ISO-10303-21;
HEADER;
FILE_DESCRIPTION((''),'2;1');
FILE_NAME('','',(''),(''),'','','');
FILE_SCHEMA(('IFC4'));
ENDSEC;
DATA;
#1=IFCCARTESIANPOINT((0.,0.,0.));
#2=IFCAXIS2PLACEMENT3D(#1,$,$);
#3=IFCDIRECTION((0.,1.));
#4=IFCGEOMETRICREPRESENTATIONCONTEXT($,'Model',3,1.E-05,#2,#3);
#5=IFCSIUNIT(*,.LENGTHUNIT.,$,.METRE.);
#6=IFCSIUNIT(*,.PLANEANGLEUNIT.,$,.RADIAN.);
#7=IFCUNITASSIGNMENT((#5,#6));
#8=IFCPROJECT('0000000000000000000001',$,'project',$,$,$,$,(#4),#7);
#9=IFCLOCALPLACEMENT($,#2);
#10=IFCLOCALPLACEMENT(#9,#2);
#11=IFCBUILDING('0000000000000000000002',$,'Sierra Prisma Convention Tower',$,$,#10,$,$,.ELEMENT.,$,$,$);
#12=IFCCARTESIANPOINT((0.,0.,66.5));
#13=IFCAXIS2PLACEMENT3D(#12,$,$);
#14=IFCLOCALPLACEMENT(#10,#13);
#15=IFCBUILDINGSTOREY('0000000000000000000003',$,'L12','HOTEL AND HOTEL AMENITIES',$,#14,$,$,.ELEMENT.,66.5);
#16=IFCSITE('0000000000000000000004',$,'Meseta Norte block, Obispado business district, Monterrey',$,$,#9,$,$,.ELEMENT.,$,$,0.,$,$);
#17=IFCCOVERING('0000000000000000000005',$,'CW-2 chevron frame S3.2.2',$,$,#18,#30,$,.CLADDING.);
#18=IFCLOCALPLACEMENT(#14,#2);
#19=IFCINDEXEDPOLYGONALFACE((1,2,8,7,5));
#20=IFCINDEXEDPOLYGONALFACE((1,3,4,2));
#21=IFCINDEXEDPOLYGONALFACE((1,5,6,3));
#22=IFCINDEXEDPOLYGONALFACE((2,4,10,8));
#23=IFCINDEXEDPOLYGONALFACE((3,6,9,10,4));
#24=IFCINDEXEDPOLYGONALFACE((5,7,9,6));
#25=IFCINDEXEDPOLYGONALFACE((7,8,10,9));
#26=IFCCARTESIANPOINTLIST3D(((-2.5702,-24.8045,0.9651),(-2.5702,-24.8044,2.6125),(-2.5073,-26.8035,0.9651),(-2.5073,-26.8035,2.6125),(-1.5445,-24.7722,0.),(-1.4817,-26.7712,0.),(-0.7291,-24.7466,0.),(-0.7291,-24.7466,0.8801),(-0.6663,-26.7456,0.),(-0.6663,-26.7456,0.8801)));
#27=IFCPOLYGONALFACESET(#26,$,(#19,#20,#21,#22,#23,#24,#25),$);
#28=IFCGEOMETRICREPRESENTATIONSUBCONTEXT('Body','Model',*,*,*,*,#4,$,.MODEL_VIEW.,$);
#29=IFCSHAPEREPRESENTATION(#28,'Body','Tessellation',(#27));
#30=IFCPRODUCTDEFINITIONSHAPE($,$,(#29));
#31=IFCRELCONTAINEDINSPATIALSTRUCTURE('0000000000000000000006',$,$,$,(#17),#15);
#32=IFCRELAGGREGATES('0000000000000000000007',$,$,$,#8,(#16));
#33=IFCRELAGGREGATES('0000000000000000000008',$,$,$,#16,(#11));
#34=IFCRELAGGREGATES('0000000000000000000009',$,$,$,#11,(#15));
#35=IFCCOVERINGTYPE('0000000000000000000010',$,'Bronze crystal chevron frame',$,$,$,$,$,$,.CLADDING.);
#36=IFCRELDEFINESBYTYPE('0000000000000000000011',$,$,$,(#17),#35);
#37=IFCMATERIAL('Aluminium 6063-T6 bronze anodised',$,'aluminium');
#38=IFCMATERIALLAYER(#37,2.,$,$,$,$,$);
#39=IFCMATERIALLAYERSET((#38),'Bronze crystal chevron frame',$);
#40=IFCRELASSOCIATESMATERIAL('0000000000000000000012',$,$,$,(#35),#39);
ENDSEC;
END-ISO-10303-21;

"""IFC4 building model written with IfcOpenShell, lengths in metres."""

from ifc_helpers import new_model, si_unit, direction, frame, origin, place, context, subcontext, project, spatial, polyline, outline, extrude, material, layer, layer_set, type_object, element, save


model = new_model("IFC4")

# Units and contexts
model_context = context("Model", 3, precision=1e-05, world=origin(), true_north=direction((0.0, 1.0)))
body_context = subcontext(model_context, "Body", "Model", "MODEL_VIEW")
ifc_project = project(units=[si_unit("LENGTHUNIT", "METRE"), si_unit("PLANEANGLEUNIT", "RADIAN")], contexts=[model_context])

# Site, building, storey
site_placement = place(None, origin())
site = spatial("IfcSite", under=ifc_project, at=site_placement, Name="Meseta Norte block, Obispado business district, Monterrey", CompositionType="ELEMENT", RefElevation=0.0)
building_placement = place(site_placement, origin())
building = spatial("IfcBuilding", under=site, at=building_placement, Name="Sierra Prisma Convention Tower", CompositionType="ELEMENT")
storey_placement = place(building_placement, frame((0.0, 0.0, 66.5)))
storey = spatial("IfcBuildingStorey", under=building, at=storey_placement, Name="L12", Description="HOTEL AND HOTEL AMENITIES", CompositionType="ELEMENT", Elevation=66.5)

# Covering
ifc_material_1 = material(Name="Aluminium 6063-T6 bronze anodised", Category="aluminium")
ifc_layer_1 = layer(ifc_material_1, 2.0)
ifc_layer_set_1 = layer_set([ifc_layer_1], Name="Bronze crystal chevron frame")
covering_type = type_object("IfcCoveringType", Name="Bronze crystal chevron frame", PredefinedType="CLADDING", material=ifc_layer_set_1)
covering_1_placement = place(storey_placement, frame((-0.6663, -26.7456, 0.0), z_axis=(0.031414, -0.999506, 0.000002), x_axis=(0.0, 0.000002, 1.0)))
element("IfcCovering", 1, at=covering_1_placement, inside=storey, type_object=covering_type, Name="CW-2 chevron frame S3.2.2", PredefinedType="CLADDING", context=body_context, shape_type="SweptSolid", body=[
    extrude(outline(polyline([(0.0, 0.0), (0.8801, 0.0), (2.6125, 1.842), (0.9651, 1.842), (0.0, 0.8158), (0.0, 0.0)])), origin(), (0.0, 0.0, -1.0), 2.0),
])

save(model, "model.ifc")
